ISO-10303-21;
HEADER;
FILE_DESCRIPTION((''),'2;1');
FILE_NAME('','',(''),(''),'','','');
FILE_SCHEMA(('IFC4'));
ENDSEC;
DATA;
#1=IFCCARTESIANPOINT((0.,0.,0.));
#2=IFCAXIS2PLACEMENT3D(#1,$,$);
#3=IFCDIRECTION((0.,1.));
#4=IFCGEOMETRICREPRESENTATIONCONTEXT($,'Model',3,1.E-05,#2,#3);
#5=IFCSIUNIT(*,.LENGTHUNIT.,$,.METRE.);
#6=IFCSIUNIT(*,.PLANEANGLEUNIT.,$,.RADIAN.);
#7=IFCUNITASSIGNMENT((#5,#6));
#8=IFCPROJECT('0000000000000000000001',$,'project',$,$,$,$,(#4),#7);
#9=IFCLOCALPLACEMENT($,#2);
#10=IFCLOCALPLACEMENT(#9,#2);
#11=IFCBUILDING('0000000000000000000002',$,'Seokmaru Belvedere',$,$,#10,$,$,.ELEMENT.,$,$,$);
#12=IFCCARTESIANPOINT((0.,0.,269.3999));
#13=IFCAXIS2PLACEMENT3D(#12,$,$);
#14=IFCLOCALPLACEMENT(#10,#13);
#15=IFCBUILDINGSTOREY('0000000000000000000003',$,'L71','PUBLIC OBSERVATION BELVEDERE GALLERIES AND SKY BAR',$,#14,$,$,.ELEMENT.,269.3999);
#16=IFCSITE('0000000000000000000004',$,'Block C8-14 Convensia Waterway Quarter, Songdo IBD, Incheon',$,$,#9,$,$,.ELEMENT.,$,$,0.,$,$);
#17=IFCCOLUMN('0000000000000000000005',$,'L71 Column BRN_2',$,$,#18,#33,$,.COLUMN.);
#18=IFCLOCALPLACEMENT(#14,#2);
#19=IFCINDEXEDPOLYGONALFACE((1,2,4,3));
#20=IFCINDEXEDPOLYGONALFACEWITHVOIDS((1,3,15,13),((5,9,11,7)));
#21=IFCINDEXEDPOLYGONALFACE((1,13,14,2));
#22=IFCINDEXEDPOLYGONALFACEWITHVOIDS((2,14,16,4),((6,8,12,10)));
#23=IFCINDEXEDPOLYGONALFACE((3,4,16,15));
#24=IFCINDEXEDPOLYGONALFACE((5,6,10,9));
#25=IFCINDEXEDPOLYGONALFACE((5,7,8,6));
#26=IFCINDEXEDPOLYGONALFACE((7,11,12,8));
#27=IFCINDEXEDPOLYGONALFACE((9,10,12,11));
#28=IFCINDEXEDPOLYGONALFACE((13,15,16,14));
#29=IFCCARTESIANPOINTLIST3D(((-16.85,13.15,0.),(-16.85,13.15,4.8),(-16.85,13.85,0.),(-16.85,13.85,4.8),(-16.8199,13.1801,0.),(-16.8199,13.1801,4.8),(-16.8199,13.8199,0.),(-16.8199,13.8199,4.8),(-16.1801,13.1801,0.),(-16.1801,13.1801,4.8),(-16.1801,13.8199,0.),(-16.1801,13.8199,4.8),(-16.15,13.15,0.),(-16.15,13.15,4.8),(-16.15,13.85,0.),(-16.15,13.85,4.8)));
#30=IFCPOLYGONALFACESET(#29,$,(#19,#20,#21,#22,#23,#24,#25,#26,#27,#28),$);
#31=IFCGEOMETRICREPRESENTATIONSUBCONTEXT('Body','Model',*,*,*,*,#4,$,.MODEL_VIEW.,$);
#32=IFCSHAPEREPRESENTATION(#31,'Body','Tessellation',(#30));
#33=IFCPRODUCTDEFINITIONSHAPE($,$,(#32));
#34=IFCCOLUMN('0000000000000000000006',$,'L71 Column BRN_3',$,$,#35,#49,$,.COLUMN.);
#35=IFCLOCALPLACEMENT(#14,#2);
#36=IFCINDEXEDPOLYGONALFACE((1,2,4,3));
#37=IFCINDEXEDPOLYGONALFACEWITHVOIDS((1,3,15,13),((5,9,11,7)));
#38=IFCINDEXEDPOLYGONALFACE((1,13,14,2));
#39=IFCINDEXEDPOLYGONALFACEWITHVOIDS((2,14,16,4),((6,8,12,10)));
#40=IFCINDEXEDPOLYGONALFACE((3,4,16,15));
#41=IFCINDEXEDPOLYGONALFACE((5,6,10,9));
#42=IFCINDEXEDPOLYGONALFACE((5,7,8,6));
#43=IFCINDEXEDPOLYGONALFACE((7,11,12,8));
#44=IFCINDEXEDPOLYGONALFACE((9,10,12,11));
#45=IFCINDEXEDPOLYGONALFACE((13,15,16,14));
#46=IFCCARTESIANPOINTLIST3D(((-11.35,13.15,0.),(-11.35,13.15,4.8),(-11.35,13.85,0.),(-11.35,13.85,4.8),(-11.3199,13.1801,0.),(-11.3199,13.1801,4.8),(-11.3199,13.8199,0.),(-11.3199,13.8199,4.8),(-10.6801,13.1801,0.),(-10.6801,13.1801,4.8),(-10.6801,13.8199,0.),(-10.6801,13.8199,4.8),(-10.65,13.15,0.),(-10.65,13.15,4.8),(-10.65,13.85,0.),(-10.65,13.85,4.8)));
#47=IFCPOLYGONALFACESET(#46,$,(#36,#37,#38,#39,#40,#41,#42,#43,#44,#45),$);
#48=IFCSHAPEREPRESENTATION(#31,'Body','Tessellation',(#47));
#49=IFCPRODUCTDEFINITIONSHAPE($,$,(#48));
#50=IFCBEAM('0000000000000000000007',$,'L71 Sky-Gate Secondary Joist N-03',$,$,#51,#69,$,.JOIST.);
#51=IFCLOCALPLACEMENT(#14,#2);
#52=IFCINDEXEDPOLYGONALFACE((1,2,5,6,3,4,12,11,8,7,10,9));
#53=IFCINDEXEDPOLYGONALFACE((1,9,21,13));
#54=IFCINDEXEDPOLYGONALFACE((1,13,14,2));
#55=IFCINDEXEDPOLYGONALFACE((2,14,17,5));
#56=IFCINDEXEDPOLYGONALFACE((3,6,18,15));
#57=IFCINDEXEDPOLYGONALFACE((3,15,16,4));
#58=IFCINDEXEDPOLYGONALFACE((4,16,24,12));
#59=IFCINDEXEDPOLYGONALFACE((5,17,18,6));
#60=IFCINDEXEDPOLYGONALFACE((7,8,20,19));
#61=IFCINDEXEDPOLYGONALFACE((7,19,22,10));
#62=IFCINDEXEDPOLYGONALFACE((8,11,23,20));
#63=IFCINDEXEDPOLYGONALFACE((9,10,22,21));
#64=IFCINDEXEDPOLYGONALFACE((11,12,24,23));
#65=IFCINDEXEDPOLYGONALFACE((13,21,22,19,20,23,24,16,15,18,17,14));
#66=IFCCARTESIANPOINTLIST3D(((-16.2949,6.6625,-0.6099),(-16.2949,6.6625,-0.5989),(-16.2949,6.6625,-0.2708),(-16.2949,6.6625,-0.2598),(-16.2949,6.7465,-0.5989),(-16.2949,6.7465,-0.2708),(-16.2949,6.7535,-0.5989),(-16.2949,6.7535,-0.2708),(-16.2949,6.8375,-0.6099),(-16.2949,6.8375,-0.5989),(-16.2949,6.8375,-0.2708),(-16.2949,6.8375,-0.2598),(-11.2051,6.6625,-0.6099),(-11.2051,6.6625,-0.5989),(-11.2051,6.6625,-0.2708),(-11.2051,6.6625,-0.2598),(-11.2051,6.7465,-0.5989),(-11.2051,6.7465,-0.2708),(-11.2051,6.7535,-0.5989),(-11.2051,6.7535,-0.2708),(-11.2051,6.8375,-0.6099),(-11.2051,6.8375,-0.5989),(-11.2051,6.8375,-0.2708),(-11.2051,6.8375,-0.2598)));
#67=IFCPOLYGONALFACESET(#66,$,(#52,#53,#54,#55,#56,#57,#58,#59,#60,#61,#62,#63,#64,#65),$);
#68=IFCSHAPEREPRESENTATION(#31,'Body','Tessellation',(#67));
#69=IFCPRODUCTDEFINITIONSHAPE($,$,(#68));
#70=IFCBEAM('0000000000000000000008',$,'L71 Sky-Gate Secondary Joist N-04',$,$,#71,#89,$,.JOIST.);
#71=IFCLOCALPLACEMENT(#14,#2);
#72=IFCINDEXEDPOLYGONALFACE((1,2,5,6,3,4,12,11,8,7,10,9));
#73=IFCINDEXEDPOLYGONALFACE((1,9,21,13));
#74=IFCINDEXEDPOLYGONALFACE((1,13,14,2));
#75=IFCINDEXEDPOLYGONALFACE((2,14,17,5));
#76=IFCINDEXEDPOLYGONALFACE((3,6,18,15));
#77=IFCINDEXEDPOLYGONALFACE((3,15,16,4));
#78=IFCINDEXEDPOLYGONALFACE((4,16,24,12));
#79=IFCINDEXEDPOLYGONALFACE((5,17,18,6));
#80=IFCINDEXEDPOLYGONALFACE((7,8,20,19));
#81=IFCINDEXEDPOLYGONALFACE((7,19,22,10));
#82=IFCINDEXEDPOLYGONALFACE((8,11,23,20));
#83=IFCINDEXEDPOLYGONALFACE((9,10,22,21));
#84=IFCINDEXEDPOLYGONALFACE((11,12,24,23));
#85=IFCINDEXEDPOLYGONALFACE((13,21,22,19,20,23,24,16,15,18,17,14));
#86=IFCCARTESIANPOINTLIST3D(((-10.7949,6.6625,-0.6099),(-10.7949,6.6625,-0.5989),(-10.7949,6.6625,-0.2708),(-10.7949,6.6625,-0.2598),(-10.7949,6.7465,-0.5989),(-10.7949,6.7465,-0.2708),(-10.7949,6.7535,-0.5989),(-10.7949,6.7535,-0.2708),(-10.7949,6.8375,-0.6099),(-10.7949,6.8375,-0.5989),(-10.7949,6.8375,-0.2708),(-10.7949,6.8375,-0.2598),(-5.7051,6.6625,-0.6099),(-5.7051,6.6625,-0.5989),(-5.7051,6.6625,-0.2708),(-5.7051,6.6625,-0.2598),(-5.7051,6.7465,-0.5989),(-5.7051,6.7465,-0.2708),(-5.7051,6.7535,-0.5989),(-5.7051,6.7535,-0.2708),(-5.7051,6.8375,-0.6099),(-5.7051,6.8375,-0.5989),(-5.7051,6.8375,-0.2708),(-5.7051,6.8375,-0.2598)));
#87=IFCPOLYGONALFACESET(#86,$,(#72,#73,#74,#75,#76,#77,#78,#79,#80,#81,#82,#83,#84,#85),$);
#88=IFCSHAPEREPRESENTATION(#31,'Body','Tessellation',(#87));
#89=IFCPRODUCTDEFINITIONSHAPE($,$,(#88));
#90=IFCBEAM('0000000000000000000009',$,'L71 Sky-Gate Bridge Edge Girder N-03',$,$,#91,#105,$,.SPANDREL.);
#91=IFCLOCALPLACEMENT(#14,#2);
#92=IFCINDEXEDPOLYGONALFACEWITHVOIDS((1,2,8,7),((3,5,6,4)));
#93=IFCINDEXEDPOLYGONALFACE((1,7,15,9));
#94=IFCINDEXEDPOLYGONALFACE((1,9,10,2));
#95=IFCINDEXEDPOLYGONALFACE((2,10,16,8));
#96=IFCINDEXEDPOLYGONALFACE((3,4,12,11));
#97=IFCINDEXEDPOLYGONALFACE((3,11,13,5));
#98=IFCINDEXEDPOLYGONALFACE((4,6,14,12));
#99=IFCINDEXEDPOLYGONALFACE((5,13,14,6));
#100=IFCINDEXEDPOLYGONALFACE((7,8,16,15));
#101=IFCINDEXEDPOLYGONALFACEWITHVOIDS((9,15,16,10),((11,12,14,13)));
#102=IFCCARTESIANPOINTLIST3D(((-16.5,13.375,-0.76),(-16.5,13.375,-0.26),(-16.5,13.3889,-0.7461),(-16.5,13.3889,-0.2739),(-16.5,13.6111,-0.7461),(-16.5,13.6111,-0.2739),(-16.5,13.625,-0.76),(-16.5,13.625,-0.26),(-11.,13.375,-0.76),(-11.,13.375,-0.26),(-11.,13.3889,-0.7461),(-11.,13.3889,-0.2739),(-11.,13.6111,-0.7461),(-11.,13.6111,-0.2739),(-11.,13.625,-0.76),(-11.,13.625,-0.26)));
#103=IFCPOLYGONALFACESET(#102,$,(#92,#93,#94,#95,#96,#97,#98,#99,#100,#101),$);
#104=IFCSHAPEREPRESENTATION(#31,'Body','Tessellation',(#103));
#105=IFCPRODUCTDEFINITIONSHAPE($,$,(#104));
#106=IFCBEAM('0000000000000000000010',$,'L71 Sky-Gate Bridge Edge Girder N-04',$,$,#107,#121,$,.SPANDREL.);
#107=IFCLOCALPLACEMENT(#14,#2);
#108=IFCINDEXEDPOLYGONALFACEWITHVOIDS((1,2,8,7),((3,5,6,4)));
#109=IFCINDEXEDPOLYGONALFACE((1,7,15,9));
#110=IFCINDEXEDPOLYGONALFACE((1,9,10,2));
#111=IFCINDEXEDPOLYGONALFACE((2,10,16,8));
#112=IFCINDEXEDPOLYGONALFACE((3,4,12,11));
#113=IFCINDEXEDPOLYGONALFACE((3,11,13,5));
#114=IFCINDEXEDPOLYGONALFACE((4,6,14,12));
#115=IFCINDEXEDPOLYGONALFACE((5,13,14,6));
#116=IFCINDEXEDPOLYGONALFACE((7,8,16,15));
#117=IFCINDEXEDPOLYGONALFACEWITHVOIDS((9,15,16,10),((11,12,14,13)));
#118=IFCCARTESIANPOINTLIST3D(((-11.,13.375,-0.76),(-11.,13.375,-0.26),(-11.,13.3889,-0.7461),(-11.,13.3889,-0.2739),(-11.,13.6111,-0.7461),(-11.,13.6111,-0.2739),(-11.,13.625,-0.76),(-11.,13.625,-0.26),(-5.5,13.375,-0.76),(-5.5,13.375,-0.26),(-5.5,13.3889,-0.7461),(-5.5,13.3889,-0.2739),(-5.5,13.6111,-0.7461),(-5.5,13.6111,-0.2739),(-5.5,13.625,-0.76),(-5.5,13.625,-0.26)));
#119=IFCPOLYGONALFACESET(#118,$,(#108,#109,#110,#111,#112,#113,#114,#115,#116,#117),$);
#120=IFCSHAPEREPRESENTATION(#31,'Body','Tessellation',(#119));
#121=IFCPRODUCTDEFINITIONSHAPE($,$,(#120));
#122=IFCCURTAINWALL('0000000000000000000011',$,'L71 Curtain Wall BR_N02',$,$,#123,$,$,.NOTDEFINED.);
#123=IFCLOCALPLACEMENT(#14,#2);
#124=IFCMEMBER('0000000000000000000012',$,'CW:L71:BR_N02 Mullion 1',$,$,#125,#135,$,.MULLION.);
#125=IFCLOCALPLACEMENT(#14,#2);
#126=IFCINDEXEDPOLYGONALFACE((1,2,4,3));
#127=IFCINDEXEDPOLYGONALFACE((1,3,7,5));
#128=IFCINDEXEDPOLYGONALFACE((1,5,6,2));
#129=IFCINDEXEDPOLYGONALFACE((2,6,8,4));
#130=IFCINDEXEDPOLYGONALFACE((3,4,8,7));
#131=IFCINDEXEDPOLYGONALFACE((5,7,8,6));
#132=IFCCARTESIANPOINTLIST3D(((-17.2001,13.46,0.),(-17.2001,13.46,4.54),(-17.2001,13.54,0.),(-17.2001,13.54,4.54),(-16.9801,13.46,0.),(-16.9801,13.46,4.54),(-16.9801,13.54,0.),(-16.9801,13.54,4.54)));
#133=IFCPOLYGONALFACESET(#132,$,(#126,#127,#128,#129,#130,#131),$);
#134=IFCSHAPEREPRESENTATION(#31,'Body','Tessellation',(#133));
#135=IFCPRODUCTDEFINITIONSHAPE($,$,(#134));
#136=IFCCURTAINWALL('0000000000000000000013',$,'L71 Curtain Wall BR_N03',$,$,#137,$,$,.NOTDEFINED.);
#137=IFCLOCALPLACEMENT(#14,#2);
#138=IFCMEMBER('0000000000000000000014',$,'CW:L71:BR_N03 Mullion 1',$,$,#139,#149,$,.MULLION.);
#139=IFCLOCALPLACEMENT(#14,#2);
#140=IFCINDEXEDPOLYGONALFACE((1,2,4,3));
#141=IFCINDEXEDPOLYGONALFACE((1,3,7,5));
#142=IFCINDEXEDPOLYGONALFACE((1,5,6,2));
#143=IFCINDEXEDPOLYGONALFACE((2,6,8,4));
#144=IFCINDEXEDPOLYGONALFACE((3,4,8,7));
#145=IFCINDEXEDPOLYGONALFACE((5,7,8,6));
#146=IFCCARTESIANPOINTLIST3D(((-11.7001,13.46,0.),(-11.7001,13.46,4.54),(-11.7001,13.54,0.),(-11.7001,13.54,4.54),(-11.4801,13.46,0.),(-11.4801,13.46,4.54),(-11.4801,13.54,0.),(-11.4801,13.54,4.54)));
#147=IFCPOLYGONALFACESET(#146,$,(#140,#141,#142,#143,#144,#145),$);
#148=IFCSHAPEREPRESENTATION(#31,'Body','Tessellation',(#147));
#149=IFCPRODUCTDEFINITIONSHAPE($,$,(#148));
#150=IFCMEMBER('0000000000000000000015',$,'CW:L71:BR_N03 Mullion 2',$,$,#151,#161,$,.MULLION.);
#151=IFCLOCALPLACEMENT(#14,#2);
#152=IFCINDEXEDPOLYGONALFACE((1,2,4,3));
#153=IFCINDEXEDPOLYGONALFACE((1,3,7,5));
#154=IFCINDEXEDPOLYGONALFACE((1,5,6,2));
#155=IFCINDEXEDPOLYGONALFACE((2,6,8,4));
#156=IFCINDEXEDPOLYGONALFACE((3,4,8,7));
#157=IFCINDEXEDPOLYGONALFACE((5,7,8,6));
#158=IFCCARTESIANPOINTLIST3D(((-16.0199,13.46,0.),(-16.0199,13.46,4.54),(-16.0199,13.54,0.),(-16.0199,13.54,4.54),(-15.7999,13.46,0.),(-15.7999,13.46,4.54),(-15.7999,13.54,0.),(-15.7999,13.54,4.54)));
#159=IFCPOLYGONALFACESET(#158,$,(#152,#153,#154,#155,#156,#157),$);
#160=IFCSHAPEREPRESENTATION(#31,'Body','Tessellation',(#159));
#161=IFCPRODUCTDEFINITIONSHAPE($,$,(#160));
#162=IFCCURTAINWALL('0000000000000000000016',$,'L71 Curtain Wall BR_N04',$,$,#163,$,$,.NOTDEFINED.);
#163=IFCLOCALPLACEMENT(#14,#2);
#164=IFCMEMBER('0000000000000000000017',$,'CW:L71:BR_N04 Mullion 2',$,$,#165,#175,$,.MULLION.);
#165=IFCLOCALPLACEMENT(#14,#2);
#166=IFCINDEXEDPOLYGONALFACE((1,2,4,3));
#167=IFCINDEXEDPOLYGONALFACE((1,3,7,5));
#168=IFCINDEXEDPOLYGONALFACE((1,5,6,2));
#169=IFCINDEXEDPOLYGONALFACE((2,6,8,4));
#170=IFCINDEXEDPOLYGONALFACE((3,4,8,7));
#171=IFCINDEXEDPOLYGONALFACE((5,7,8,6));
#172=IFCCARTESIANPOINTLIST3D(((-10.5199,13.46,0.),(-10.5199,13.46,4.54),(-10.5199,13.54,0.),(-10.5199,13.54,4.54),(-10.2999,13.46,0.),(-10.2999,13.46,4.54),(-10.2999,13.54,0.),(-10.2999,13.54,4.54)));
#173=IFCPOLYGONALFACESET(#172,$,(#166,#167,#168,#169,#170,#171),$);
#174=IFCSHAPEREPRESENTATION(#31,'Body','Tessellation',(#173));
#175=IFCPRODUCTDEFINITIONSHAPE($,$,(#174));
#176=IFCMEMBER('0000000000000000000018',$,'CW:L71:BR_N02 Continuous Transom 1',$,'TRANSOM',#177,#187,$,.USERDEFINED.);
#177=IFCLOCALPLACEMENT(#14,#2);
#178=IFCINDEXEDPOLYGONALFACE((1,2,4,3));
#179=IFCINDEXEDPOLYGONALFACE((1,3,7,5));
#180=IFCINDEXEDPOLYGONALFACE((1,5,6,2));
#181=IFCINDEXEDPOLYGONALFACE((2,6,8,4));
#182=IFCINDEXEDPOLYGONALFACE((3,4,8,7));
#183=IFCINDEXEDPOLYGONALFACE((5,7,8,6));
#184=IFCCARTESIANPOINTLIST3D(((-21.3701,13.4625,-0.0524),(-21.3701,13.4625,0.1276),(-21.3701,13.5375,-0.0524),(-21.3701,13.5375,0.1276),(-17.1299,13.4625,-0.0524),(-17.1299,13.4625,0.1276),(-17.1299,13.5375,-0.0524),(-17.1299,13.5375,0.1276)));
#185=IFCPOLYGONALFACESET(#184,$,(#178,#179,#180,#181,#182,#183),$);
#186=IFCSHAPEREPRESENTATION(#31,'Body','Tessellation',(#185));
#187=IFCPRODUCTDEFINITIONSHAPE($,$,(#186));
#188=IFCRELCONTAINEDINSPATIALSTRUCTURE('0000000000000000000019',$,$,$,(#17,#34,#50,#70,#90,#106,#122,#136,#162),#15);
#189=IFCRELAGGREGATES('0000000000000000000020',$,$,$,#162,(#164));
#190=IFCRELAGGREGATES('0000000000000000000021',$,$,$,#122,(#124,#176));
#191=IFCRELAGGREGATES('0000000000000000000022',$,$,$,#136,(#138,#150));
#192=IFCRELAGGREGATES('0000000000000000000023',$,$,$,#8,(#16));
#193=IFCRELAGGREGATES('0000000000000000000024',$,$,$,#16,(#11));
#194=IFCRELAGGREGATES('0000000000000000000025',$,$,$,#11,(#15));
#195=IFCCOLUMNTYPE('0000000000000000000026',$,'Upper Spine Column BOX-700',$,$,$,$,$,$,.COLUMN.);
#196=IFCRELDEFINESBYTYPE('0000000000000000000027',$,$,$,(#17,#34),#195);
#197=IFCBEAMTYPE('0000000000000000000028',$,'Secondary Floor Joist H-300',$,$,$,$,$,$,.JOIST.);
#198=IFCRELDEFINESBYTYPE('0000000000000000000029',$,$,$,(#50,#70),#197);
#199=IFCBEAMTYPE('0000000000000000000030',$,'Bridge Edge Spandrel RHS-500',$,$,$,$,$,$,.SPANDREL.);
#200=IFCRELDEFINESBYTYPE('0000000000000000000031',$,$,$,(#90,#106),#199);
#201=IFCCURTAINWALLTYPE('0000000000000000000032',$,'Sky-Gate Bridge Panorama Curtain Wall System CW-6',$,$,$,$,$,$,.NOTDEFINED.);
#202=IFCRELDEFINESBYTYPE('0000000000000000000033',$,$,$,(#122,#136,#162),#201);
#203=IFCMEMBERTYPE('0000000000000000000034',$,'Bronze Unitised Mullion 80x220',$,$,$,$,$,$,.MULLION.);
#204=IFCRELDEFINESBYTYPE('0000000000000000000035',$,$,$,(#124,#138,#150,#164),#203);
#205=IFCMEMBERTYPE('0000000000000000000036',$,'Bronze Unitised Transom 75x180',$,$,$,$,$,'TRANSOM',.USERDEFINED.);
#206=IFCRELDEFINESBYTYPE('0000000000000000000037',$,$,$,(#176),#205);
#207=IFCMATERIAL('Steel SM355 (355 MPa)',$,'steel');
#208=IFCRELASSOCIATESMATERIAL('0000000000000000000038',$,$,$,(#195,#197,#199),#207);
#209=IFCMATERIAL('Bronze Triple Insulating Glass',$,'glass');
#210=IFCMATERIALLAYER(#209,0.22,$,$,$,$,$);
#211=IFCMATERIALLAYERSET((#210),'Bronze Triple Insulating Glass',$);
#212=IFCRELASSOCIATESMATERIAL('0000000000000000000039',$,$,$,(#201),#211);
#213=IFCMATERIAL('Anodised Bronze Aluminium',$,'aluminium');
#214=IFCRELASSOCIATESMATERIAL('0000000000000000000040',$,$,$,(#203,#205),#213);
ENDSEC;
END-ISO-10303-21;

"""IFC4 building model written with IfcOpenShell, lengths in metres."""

from ifc_helpers import new_model, si_unit, direction, frame, origin, origin_2d, place, context, subcontext, project, spatial, rectangle, hollow_rectangle, i_section, extrude, source, transform, mapped, material, layer, layer_set, material_profile, profile_set, type_object, type_shapes, element, aggregate, save


model = new_model("IFC4")

# Units and contexts
model_context = context("Model", 3, precision=1e-05, world=origin(), true_north=direction((0.0, 1.0)))
body_context = subcontext(model_context, "Body", "Model", "MODEL_VIEW")
ifc_project = project(units=[si_unit("LENGTHUNIT", "METRE"), si_unit("PLANEANGLEUNIT", "RADIAN")], contexts=[model_context])

# Site, building, storey
site_placement = place(None, origin())
site = spatial("IfcSite", under=ifc_project, at=site_placement, Name="Block C8-14 Convensia Waterway Quarter, Songdo IBD, Incheon", CompositionType="ELEMENT", RefElevation=0.0)
building_placement = place(site_placement, origin())
building = spatial("IfcBuilding", under=site, at=building_placement, Name="Seokmaru Belvedere", CompositionType="ELEMENT")
storey_placement = place(building_placement, frame((0.0, 0.0, 269.3999)))
storey = spatial("IfcBuildingStorey", under=building, at=storey_placement, Name="L71", Description="PUBLIC OBSERVATION BELVEDERE GALLERIES AND SKY BAR", CompositionType="ELEMENT", Elevation=269.3999)

# Columns
ifc_material_1 = material(Name="Steel SM355 (355 MPa)", Category="steel")
ifc_material_profile_1 = material_profile(ifc_material_1, hollow_rectangle(XDim=0.7, YDim=0.7, WallThickness=0.03, at=origin_2d()), Name="BOX-700x700x30")
ifc_profile_set_1 = profile_set([ifc_material_profile_1], Name="Steel SM355 (355 MPa)")
column_type = type_object("IfcColumnType", Name="Upper Spine Column BOX-700", PredefinedType="COLUMN", material=ifc_profile_set_1)
shared_shape_1 = source(origin(), body_context, "Body", "SweptSolid", [
    extrude(hollow_rectangle(XDim=0.7, YDim=0.7, WallThickness=0.03, at=origin_2d()), origin(), (0.0, 0.0, 1.0), 4.8),
])
type_shapes(column_type, [shared_shape_1])
for number, where, z_axis, x_axis, name in (
    (1, (-16.5, 13.5, 0.0), (0.0, 0.0, 1.0), (1.0, 0.0, 0.0), "L71 Column BRN_2"),
    (2, (-11.0, 13.5, 0.0), (0.0, 0.0, 1.0), (1.0, 0.0, 0.0), "L71 Column BRN_3"),
):
    element("IfcColumn", number, at=place(storey_placement, frame(where, z_axis=z_axis, x_axis=x_axis)), inside=storey, type_object=column_type, Name=name, PredefinedType="COLUMN", context=body_context, shape_type="MappedRepresentation", body=[
        mapped(shared_shape_1, transform((0.0, 0.0, 0.0), scale=1.0)),
    ])

# Beams
ifc_material_profile_2 = material_profile(ifc_material_1, i_section(OverallWidth=0.175, OverallDepth=0.3501, WebThickness=0.0071, FlangeThickness=0.011, at=origin_2d()), Name="H-350x175x7x11")
ifc_profile_set_2 = profile_set([ifc_material_profile_2], Name="Steel SM355 (355 MPa)")
beam_type_1 = type_object("IfcBeamType", Name="Secondary Floor Joist H-300", PredefinedType="JOIST", material=ifc_profile_set_2)
shared_shape_2 = source(origin(), body_context, "Body", "SweptSolid", [
    extrude(i_section(OverallWidth=0.175, OverallDepth=0.3501, WebThickness=0.0071, FlangeThickness=0.011, at=origin_2d()), origin(), (0.0, 0.0, 1.0), 5.0898),
])
type_shapes(beam_type_1, [shared_shape_2])
for number, where, z_axis, x_axis, name in (
    (3, (-16.2949, 6.75, -0.4348), (1.0, 0.0, 0.0), (0.0, 1.0, 0.0), "L71 Sky-Gate Secondary Joist N-03"),
    (4, (-10.7949, 6.75, -0.4348), (1.0, 0.0, 0.0), (0.0, 1.0, 0.0), "L71 Sky-Gate Secondary Joist N-04"),
):
    element("IfcBeam", number, at=place(storey_placement, frame(where, z_axis=z_axis, x_axis=x_axis)), inside=storey, type_object=beam_type_1, Name=name, PredefinedType="JOIST", context=body_context, shape_type="MappedRepresentation", body=[
        mapped(shared_shape_2, transform((0.0, 0.0, 0.0), scale=1.0)),
    ])
ifc_material_profile_3 = material_profile(ifc_material_1, hollow_rectangle(XDim=0.25, YDim=0.5, WallThickness=0.0139, at=origin_2d()), Name="RHS-500x250x14")
ifc_profile_set_3 = profile_set([ifc_material_profile_3], Name="Steel SM355 (355 MPa)")
beam_type_2 = type_object("IfcBeamType", Name="Bridge Edge Spandrel RHS-500", PredefinedType="SPANDREL", material=ifc_profile_set_3)
shared_shape_3 = source(origin(), body_context, "Body", "SweptSolid", [
    extrude(hollow_rectangle(XDim=0.25, YDim=0.5, WallThickness=0.0139, at=origin_2d()), origin(), (0.0, 0.0, 1.0), 5.5),
])
type_shapes(beam_type_2, [shared_shape_3])
for number, where, z_axis, x_axis, name in (
    (5, (-16.5, 13.5, -0.51), (1.0, 0.0, 0.0), (0.0, 1.0, 0.0), "L71 Sky-Gate Bridge Edge Girder N-03"),
    (6, (-11.0, 13.5, -0.51), (1.0, 0.0, 0.0), (0.0, 1.0, 0.0), "L71 Sky-Gate Bridge Edge Girder N-04"),
):
    element("IfcBeam", number, at=place(storey_placement, frame(where, z_axis=z_axis, x_axis=x_axis)), inside=storey, type_object=beam_type_2, Name=name, PredefinedType="SPANDREL", context=body_context, shape_type="MappedRepresentation", body=[
        mapped(shared_shape_3, transform((0.0, 0.0, 0.0), scale=1.0)),
    ])

# Curtain wall, member
ifc_material_2 = material(Name="Bronze Triple Insulating Glass", Category="glass")
ifc_layer_1 = layer(ifc_material_2, 0.22)
ifc_layer_set_1 = layer_set([ifc_layer_1], Name="Bronze Triple Insulating Glass")
curtain_wall_type = type_object("IfcCurtainWallType", Name="Sky-Gate Bridge Panorama Curtain Wall System CW-6", PredefinedType="NOTDEFINED", material=ifc_layer_set_1)
curtain_wall_1_placement = place(storey_placement, origin())
curtain_wall_1 = element("IfcCurtainWall", 7, at=curtain_wall_1_placement, inside=storey, type_object=curtain_wall_type, Name="L71 Curtain Wall BR_N02", PredefinedType="NOTDEFINED")
ifc_material_3 = material(Name="Anodised Bronze Aluminium", Category="aluminium")
ifc_material_profile_4 = material_profile(ifc_material_3, rectangle(XDim=0.0801, YDim=0.22, at=origin_2d()), Name="CW-M-80x220")
ifc_profile_set_4 = profile_set([ifc_material_profile_4], Name="Anodised Bronze Aluminium")
member_type_1 = type_object("IfcMemberType", Name="Bronze Unitised Mullion 80x220", PredefinedType="MULLION", material=ifc_profile_set_4)
shared_shape_4 = source(origin(), body_context, "Body", "SweptSolid", [
    extrude(rectangle(XDim=0.0801, YDim=0.22, at=origin_2d()), origin(), (0.0, 0.0, 1.0), 4.54),
])
type_shapes(member_type_1, [shared_shape_4])
member_1_placement = place(storey_placement, frame((-17.0901, 13.5, 0.0), z_axis=(0.0, 0.0, 1.0), x_axis=(0.0, -1.0, 0.0)))
member_1 = element("IfcMember", 8, at=member_1_placement, type_object=member_type_1, Name="CW:L71:BR_N02 Mullion 1", PredefinedType="MULLION", context=body_context, shape_type="MappedRepresentation", body=[
    mapped(shared_shape_4, transform((0.0, 0.0, 0.0), scale=1.0)),
])

# Curtain wall, members
curtain_wall_2_placement = place(storey_placement, origin())
curtain_wall_2 = element("IfcCurtainWall", 9, at=curtain_wall_2_placement, inside=storey, type_object=curtain_wall_type, Name="L71 Curtain Wall BR_N03", PredefinedType="NOTDEFINED")
member_2_placement = place(storey_placement, frame((-11.5901, 13.5, 0.0), z_axis=(0.0, 0.0, 1.0), x_axis=(0.0, -1.0, 0.0)))
member_2 = element("IfcMember", 10, at=member_2_placement, type_object=member_type_1, Name="CW:L71:BR_N03 Mullion 1", PredefinedType="MULLION", context=body_context, shape_type="MappedRepresentation", body=[
    mapped(shared_shape_4, transform((0.0, 0.0, 0.0), scale=1.0)),
])
member_3_placement = place(storey_placement, frame((-15.9099, 13.5, 0.0), z_axis=(0.0, 0.0, 1.0), x_axis=(0.0, -1.0, 0.0)))
member_3 = element("IfcMember", 11, at=member_3_placement, type_object=member_type_1, Name="CW:L71:BR_N03 Mullion 2", PredefinedType="MULLION", context=body_context, shape_type="MappedRepresentation", body=[
    mapped(shared_shape_4, transform((0.0, 0.0, 0.0), scale=1.0)),
])

# Curtain wall, member
curtain_wall_3_placement = place(storey_placement, origin())
curtain_wall_3 = element("IfcCurtainWall", 12, at=curtain_wall_3_placement, inside=storey, type_object=curtain_wall_type, Name="L71 Curtain Wall BR_N04", PredefinedType="NOTDEFINED")
member_4_placement = place(storey_placement, frame((-10.4099, 13.5, 0.0), z_axis=(0.0, 0.0, 1.0), x_axis=(0.0, -1.0, 0.0)))
member_4 = element("IfcMember", 13, at=member_4_placement, type_object=member_type_1, Name="CW:L71:BR_N04 Mullion 2", PredefinedType="MULLION", context=body_context, shape_type="MappedRepresentation", body=[
    mapped(shared_shape_4, transform((0.0, 0.0, 0.0), scale=1.0)),
])
aggregate(curtain_wall_3, [member_4])

# Member
ifc_material_profile_5 = material_profile(ifc_material_3, rectangle(XDim=0.075, YDim=0.1799, at=origin_2d()), Name="CW-T-75x180")
ifc_profile_set_5 = profile_set([ifc_material_profile_5], Name="Anodised Bronze Aluminium")
member_type_2 = type_object("IfcMemberType", Name="Bronze Unitised Transom 75x180", ElementType="TRANSOM", PredefinedType="USERDEFINED", material=ifc_profile_set_5)
shared_shape_5 = source(origin(), body_context, "Body", "SweptSolid", [
    extrude(rectangle(XDim=0.075, YDim=0.1799, at=origin_2d()), origin(), (0.0, 0.0, 1.0), 4.2402),
])
type_shapes(member_type_2, [shared_shape_5])
member_5_placement = place(storey_placement, frame((-17.1299, 13.5, 0.0376), z_axis=(-1.0, 0.0, 0.0), x_axis=(0.0, -1.0, 0.0)))
member_5 = element("IfcMember", 14, at=member_5_placement, type_object=member_type_2, Name="CW:L71:BR_N02 Continuous Transom 1", ObjectType="TRANSOM", PredefinedType="USERDEFINED", context=body_context, shape_type="MappedRepresentation", body=[
    mapped(shared_shape_5, transform((0.0, 0.0, 0.0), scale=1.0)),
])

aggregate(curtain_wall_1, [member_1, member_5])
aggregate(curtain_wall_2, [member_2, member_3])

save(model, "model.ifc")
